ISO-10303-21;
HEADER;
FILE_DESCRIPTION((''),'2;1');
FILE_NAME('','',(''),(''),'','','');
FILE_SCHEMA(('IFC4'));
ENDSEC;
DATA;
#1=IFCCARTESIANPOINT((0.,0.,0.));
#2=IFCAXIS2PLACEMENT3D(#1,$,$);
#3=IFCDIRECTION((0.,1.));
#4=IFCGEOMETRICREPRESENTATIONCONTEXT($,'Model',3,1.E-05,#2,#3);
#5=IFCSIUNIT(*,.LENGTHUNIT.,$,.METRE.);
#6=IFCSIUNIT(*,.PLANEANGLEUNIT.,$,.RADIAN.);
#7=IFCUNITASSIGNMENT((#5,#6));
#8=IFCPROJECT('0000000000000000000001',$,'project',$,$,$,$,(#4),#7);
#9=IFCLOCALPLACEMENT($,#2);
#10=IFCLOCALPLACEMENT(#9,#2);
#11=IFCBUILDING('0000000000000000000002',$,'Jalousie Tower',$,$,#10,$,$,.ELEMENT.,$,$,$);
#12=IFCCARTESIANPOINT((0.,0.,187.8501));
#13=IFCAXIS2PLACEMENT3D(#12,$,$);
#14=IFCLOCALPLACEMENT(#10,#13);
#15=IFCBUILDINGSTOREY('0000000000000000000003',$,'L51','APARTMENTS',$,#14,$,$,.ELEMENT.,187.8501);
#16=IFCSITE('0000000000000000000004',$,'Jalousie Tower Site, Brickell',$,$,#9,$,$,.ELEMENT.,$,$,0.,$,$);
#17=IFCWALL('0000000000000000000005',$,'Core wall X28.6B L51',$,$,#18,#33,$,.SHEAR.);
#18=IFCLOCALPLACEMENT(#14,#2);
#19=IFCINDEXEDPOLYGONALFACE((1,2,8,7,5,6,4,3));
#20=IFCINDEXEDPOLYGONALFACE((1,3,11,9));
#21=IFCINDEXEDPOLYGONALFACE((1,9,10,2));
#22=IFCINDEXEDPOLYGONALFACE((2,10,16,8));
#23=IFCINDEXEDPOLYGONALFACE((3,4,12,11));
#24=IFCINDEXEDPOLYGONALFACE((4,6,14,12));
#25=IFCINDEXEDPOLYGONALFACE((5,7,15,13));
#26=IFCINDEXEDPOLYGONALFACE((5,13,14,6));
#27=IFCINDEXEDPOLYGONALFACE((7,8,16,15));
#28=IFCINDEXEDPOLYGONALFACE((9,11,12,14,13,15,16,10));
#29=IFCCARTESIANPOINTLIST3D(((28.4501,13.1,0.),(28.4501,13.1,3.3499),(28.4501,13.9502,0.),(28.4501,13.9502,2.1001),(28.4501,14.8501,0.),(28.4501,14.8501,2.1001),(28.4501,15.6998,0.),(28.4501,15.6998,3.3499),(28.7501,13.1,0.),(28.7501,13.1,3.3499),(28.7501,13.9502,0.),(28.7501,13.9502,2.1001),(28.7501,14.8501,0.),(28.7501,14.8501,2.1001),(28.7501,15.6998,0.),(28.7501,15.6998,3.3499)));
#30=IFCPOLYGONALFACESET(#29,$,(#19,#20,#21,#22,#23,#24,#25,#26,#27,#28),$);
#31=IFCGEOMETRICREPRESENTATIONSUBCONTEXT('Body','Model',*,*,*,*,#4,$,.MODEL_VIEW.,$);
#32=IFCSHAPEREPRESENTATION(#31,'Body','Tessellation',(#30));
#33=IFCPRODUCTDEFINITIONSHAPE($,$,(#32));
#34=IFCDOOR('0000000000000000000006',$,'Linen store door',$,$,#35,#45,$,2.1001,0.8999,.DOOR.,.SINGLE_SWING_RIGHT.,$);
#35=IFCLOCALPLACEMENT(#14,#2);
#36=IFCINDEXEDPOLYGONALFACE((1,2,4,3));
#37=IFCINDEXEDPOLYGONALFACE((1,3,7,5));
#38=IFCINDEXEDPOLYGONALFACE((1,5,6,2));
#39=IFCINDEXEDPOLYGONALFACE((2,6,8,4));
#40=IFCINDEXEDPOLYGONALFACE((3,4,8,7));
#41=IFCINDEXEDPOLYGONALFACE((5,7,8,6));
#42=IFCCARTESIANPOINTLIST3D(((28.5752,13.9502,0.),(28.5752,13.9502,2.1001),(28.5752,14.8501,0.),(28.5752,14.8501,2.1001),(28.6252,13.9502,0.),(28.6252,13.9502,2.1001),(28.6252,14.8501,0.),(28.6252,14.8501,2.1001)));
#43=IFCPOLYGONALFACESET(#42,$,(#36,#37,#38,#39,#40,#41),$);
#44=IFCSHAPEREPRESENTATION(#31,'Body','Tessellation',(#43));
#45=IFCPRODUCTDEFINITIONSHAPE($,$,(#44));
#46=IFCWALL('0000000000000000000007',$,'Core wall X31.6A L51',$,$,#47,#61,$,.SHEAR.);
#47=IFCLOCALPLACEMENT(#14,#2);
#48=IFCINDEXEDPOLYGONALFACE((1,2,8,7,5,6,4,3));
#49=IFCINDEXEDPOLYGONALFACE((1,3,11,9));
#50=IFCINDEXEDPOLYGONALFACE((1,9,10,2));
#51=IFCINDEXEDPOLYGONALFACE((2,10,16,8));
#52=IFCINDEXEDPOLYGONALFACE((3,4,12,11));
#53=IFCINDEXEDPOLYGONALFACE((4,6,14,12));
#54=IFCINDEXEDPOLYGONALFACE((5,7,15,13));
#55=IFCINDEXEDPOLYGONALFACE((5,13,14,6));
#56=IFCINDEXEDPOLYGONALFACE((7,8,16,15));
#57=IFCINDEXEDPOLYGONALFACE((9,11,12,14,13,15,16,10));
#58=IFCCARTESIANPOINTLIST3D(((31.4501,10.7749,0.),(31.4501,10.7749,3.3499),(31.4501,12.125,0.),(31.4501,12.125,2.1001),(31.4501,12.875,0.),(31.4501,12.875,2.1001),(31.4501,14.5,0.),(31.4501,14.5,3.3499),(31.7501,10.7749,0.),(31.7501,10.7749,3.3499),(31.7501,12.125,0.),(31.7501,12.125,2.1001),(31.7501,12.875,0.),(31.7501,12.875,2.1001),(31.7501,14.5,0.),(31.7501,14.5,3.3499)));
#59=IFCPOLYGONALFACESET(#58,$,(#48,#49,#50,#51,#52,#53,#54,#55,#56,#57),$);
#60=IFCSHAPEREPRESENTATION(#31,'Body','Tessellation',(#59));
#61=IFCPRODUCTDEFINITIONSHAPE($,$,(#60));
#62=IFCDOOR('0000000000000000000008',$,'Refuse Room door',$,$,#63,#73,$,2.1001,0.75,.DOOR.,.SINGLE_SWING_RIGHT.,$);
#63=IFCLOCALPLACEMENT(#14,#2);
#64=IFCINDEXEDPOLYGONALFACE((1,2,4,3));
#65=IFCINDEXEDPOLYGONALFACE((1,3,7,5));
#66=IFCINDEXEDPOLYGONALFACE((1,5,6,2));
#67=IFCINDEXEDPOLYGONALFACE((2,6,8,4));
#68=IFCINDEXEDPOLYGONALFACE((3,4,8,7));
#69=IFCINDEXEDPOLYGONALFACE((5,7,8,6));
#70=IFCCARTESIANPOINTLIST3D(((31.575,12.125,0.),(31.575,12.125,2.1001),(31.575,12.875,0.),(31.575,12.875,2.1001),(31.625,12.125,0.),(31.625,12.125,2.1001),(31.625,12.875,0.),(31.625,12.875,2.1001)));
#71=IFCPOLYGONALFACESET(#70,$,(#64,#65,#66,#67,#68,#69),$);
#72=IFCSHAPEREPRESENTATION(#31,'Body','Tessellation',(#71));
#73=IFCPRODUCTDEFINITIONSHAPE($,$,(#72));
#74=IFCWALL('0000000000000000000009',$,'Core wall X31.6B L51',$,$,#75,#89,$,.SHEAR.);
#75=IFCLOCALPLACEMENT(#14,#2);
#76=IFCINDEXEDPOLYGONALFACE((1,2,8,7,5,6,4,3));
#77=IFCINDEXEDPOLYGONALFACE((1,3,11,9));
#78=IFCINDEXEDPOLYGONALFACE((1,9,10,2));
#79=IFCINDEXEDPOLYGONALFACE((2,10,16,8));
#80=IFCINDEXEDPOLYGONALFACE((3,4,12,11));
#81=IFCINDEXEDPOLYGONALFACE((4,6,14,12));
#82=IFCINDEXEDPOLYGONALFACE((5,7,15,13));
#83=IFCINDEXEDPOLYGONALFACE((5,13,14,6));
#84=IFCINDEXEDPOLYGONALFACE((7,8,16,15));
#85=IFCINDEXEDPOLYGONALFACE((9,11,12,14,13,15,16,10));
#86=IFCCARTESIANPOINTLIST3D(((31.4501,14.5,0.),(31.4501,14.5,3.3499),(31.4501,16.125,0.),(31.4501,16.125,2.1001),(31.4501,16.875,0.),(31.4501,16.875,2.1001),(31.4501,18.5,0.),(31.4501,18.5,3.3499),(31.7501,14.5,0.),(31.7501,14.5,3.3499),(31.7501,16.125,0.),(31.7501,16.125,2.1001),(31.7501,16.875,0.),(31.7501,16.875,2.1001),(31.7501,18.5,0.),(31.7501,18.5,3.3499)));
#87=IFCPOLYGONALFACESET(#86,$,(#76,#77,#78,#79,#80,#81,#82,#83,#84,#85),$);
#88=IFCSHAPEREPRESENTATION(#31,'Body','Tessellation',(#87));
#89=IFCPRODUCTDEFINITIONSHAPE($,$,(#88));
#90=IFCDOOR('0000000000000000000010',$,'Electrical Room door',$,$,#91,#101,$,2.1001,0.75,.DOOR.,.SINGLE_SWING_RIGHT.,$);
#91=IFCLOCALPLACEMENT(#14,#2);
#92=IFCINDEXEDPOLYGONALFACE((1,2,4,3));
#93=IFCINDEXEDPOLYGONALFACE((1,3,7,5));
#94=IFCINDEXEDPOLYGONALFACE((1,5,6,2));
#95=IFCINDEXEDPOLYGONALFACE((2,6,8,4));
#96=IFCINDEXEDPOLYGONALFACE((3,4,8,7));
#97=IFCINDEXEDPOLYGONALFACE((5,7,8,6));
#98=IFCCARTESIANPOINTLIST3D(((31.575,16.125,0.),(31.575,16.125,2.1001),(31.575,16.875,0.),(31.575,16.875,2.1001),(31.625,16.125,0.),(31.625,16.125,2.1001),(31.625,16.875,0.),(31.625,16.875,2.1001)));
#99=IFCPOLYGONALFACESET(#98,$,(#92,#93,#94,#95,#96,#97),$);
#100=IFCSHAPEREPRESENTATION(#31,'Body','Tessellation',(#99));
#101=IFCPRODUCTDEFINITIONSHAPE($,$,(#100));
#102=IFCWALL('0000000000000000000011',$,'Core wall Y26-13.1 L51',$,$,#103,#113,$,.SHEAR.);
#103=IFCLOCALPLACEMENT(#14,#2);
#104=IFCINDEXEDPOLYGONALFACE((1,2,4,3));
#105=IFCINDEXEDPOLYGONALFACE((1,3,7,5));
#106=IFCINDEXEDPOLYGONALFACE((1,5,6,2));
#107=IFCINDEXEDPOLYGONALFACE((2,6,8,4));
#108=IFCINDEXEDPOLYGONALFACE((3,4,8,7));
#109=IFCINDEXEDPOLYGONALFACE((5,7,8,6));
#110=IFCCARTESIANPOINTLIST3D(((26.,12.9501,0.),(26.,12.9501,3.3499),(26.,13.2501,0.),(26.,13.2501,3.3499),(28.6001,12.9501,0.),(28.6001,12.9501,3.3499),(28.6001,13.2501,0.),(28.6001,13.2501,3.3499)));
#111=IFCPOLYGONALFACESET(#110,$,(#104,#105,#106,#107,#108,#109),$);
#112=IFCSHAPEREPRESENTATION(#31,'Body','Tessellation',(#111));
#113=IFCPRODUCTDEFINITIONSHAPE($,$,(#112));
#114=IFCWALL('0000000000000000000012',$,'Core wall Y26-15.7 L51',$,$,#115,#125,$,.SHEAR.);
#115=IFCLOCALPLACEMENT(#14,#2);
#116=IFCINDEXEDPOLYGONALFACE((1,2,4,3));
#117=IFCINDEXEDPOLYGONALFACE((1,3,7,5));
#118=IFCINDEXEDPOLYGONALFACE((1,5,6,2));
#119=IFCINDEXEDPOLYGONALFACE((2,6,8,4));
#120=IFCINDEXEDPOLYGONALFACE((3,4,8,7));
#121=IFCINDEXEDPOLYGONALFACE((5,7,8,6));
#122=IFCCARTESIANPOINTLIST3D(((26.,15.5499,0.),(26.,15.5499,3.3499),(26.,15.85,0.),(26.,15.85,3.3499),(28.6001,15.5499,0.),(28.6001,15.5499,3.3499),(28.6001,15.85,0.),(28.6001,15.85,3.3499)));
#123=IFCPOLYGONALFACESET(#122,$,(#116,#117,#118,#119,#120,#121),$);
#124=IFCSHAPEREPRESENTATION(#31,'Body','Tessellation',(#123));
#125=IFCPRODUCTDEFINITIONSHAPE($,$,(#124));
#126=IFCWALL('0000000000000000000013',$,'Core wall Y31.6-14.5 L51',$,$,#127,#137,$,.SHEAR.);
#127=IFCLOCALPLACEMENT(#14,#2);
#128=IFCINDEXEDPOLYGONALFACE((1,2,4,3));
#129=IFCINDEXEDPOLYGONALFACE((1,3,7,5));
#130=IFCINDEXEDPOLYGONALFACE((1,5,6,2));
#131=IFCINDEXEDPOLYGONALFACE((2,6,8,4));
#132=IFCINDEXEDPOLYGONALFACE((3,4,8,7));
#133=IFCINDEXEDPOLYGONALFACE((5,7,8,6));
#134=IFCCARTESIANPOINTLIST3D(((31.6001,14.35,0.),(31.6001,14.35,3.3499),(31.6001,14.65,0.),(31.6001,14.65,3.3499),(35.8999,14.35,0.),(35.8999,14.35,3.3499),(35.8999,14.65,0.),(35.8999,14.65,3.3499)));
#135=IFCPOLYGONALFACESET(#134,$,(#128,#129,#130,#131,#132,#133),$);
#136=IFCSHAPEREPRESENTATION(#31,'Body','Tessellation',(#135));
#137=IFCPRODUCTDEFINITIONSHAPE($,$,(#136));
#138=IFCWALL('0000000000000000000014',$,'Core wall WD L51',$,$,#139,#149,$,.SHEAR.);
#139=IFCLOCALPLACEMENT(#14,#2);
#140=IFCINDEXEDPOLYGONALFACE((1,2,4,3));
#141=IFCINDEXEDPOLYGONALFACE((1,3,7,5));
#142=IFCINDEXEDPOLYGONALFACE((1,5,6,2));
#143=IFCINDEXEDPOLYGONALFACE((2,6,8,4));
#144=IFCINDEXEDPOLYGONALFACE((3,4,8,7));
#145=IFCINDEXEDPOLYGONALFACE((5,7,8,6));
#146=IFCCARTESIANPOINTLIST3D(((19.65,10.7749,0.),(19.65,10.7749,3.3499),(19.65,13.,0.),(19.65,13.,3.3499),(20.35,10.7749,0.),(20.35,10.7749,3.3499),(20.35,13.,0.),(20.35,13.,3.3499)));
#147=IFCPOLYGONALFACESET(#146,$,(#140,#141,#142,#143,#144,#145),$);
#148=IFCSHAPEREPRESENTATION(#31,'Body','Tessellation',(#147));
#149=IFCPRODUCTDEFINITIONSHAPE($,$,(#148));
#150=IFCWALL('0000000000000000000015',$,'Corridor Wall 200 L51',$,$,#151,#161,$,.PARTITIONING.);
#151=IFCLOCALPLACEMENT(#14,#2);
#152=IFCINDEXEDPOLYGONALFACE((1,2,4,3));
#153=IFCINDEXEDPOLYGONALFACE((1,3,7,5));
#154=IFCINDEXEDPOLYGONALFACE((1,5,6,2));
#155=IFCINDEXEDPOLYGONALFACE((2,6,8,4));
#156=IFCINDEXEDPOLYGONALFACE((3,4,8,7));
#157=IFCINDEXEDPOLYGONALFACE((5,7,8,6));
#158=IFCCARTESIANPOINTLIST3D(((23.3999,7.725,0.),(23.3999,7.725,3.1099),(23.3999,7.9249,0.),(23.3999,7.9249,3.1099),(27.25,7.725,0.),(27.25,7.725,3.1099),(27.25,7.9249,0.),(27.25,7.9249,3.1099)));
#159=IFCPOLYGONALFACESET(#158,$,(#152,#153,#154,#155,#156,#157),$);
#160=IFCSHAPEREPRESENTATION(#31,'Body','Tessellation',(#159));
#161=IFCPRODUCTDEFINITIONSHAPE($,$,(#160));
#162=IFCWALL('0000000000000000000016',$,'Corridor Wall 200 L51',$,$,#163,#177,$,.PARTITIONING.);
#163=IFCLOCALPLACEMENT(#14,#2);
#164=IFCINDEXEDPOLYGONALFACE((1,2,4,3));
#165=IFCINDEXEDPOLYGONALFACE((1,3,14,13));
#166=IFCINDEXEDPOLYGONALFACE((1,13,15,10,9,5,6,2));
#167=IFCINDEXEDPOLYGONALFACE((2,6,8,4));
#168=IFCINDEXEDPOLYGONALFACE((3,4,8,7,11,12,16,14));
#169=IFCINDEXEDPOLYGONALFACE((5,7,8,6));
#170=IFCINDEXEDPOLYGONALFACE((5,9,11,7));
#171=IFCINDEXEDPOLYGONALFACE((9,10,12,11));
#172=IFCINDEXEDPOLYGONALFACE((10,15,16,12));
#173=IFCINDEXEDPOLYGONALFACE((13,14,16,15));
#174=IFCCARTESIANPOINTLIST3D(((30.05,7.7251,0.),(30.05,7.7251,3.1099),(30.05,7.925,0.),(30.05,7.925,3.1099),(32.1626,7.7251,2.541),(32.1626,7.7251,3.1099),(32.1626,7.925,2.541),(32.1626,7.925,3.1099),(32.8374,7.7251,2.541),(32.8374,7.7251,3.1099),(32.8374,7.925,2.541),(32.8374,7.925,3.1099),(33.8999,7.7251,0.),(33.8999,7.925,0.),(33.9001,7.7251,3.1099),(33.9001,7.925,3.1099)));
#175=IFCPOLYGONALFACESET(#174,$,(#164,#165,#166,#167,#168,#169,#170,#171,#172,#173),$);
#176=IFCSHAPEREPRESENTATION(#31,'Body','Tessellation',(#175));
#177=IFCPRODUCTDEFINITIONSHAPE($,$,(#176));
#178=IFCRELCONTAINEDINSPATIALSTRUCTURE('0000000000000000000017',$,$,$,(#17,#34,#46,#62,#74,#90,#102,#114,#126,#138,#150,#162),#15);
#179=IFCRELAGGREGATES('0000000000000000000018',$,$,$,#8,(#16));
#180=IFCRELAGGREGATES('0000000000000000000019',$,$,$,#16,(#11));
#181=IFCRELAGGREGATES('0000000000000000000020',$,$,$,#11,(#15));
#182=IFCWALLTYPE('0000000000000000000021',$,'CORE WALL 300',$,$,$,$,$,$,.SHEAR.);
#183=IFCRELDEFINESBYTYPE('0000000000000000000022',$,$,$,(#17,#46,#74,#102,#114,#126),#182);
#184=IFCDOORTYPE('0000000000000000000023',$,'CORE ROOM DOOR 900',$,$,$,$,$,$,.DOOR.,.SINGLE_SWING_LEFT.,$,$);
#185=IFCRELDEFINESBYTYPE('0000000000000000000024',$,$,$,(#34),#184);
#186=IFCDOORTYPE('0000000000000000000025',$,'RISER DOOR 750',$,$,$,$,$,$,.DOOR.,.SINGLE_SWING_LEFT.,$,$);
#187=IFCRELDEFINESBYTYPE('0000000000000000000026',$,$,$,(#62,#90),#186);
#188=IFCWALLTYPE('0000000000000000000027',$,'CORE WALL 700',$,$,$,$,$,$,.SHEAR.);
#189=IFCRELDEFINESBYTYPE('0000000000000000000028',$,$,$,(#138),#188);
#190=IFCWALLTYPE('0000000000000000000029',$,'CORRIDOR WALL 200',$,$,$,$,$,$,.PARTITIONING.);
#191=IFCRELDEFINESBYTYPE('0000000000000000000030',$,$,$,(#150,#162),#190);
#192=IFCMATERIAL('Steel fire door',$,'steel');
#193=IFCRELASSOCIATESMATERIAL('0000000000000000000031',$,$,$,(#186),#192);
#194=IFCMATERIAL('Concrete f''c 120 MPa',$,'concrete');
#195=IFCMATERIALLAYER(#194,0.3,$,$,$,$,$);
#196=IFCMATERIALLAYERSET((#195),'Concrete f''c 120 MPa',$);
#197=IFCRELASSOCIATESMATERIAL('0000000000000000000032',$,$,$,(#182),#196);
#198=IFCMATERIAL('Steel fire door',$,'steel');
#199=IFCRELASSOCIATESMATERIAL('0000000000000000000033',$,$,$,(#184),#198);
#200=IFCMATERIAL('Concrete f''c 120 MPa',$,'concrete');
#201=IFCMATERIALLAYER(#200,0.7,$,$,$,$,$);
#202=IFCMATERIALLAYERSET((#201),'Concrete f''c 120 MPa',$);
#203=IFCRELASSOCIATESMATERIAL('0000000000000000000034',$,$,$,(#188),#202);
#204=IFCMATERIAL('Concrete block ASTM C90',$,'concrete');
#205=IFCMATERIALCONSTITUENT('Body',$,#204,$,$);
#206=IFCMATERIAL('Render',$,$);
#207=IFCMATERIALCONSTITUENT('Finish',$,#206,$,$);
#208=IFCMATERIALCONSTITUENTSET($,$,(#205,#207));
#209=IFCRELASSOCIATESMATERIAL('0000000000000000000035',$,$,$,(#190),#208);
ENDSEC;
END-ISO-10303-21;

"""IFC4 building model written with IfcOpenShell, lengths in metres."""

from ifc_helpers import new_model, si_unit, direction, frame, frame_2d, origin, place, context, subcontext, project, spatial, polyline, rectangle, outline, extrude, material, layer, layer_set, constituent, constituent_set, type_object, element, fill, save


model = new_model("IFC4")

# Units and contexts
model_context = context("Model", 3, precision=1e-05, world=origin(), true_north=direction((0.0, 1.0)))
body_context = subcontext(model_context, "Body", "Model", "MODEL_VIEW")
ifc_project = project(units=[si_unit("LENGTHUNIT", "METRE"), si_unit("PLANEANGLEUNIT", "RADIAN")], contexts=[model_context])

# Site, building, storey
site_placement = place(None, origin())
site = spatial("IfcSite", under=ifc_project, at=site_placement, Name="Jalousie Tower Site, Brickell", CompositionType="ELEMENT", RefElevation=0.0)
building_placement = place(site_placement, origin())
building = spatial("IfcBuilding", under=site, at=building_placement, Name="Jalousie Tower", CompositionType="ELEMENT")
storey_placement = place(building_placement, frame((0.0, 0.0, 187.8501)))
storey = spatial("IfcBuildingStorey", under=building, at=storey_placement, Name="L51", Description="APARTMENTS", CompositionType="ELEMENT", Elevation=187.8501)

# Shared definitions
ifc_material_1 = material(Name="Steel fire door", Category="steel")
door_type_1 = type_object("IfcDoorType", Name="RISER DOOR 750", OperationType="SINGLE_SWING_LEFT", PredefinedType="DOOR", material=ifc_material_1)

# Shared definitions
ifc_material_2 = material(Name="Concrete f'c 120 MPa", Category="concrete")
ifc_layer_1 = layer(ifc_material_2, 0.3)
ifc_layer_set_1 = layer_set([ifc_layer_1], Name="Concrete f'c 120 MPa")
wall_type_1 = type_object("IfcWallType", Name="CORE WALL 300", PredefinedType="SHEAR", material=ifc_layer_set_1)

# Walls, openings, doors
ifc_material_3 = material(Name="Steel fire door", Category="steel")
door_type_2 = type_object("IfcDoorType", Name="CORE ROOM DOOR 900", OperationType="SINGLE_SWING_LEFT", PredefinedType="DOOR", material=ifc_material_3)
wall_1_placement = place(storey_placement, frame((28.6001, 13.1001, 0.0), z_axis=(0.0, 0.0, 1.0), x_axis=(0.0, 1.0, 0.0)))
wall_1 = element("IfcWall", 1, at=wall_1_placement, inside=storey, type_object=wall_type_1, Name="Core wall X28.6B L51", PredefinedType="SHEAR", context=body_context, shape_type="SweptSolid", body=[
    extrude(rectangle(XDim=2.5999, YDim=0.3, at=frame_2d((1.2998, 0.0))), origin(), (0.0, 0.0, 1.0), 3.3499),
])
opening_1_placement = place(wall_1_placement, frame((0.8501, 0.0, 0.0)))
opening_1 = element("IfcOpeningElement", 2, at=opening_1_placement, cuts=wall_1, PredefinedType="OPENING", context=body_context, shape_type="SweptSolid", body=[
    extrude(rectangle(XDim=0.8999, YDim=2.1001, at=frame_2d((0.45, 1.05))), frame((0.0, 0.1599, 0.0), z_axis=(0.0, -1.0, 0.0), x_axis=(1.0, 0.0, 0.0)), (0.0, 0.0, 1.0), 0.3201),
])
door_1_placement = place(opening_1_placement, origin())
door_1 = element("IfcDoor", 3, at=door_1_placement, inside=storey, type_object=door_type_2, Name="Linen store door", OperationType="SINGLE_SWING_RIGHT", OverallHeight=2.1001, OverallWidth=0.8999, PredefinedType="DOOR", context=body_context, shape_type="SweptSolid", body=[
    extrude(rectangle(XDim=0.8999, YDim=2.1001, at=frame_2d((0.45, 1.05))), frame((0.0, 0.0249, 0.0), z_axis=(0.0, -1.0, 0.0), x_axis=(1.0, 0.0, 0.0)), (0.0, 0.0, 1.0), 0.05),
])
fill(opening_1, door_1)
wall_2_placement = place(storey_placement, frame((31.6001, 10.7749, 0.0), z_axis=(0.0, 0.0, 1.0), x_axis=(0.0, 1.0, 0.0)))
wall_2 = element("IfcWall", 4, at=wall_2_placement, inside=storey, type_object=wall_type_1, Name="Core wall X31.6A L51", PredefinedType="SHEAR", context=body_context, shape_type="SweptSolid", body=[
    extrude(rectangle(XDim=3.7251, YDim=0.3, at=frame_2d((1.8625, 0.0))), origin(), (0.0, 0.0, 1.0), 3.3499),
])
opening_2_placement = place(wall_2_placement, frame((1.3501, 0.0, 0.0)))
opening_2 = element("IfcOpeningElement", 5, at=opening_2_placement, cuts=wall_2, PredefinedType="OPENING", context=body_context, shape_type="SweptSolid", body=[
    extrude(rectangle(XDim=0.75, YDim=2.1001, at=frame_2d((0.375, 1.05))), frame((0.0, 0.1599, 0.0), z_axis=(0.0, -1.0, 0.0), x_axis=(1.0, 0.0, 0.0)), (0.0, 0.0, 1.0), 0.3201),
])
door_2_placement = place(opening_2_placement, frame((0.75, 0.0, 0.0), z_axis=(0.0, 0.0, 1.0), x_axis=(-1.0, 0.0, 0.0)))
door_2 = element("IfcDoor", 6, at=door_2_placement, inside=storey, type_object=door_type_1, Name="Refuse Room door", OperationType="SINGLE_SWING_RIGHT", OverallHeight=2.1001, OverallWidth=0.75, PredefinedType="DOOR", context=body_context, shape_type="SweptSolid", body=[
    extrude(rectangle(XDim=0.75, YDim=2.1001, at=frame_2d((0.375, 1.05))), frame((0.0, 0.0249, 0.0), z_axis=(0.0, -1.0, 0.0), x_axis=(1.0, 0.0, 0.0)), (0.0, 0.0, 1.0), 0.05),
])
fill(opening_2, door_2)
wall_3_placement = place(storey_placement, frame((31.6001, 14.5, 0.0), z_axis=(0.0, 0.0, 1.0), x_axis=(0.0, 1.0, 0.0)))
wall_3 = element("IfcWall", 7, at=wall_3_placement, inside=storey, type_object=wall_type_1, Name="Core wall X31.6B L51", PredefinedType="SHEAR", context=body_context, shape_type="SweptSolid", body=[
    extrude(rectangle(XDim=4.0, YDim=0.3, at=frame_2d((2.0, 0.0))), origin(), (0.0, 0.0, 1.0), 3.3499),
])
opening_3_placement = place(wall_3_placement, frame((1.625, 0.0, 0.0)))
opening_3 = element("IfcOpeningElement", 8, at=opening_3_placement, cuts=wall_3, PredefinedType="OPENING", context=body_context, shape_type="SweptSolid", body=[
    extrude(rectangle(XDim=0.75, YDim=2.1001, at=frame_2d((0.375, 1.05))), frame((0.0, 0.1599, 0.0), z_axis=(0.0, -1.0, 0.0), x_axis=(1.0, 0.0, 0.0)), (0.0, 0.0, 1.0), 0.3201),
])
door_3_placement = place(opening_3_placement, frame((0.75, 0.0, 0.0), z_axis=(0.0, 0.0, 1.0), x_axis=(-1.0, 0.0, 0.0)))
door_3 = element("IfcDoor", 9, at=door_3_placement, inside=storey, type_object=door_type_1, Name="Electrical Room door", OperationType="SINGLE_SWING_RIGHT", OverallHeight=2.1001, OverallWidth=0.75, PredefinedType="DOOR", context=body_context, shape_type="SweptSolid", body=[
    extrude(rectangle(XDim=0.75, YDim=2.1001, at=frame_2d((0.375, 1.05))), frame((0.0, 0.0249, 0.0), z_axis=(0.0, -1.0, 0.0), x_axis=(1.0, 0.0, 0.0)), (0.0, 0.0, 1.0), 0.05),
])
fill(opening_3, door_3)

# Walls
for number, where, z_axis, x_axis, name in (
    (10, (26.0, 13.1001, 0.0), (0.0, 0.0, 1.0), (1.0, 0.0, 0.0), "Core wall Y26-13.1 L51"),
    (11, (26.0, 15.7, 0.0), (0.0, 0.0, 1.0), (1.0, 0.0, 0.0), "Core wall Y26-15.7 L51"),
):
    element("IfcWall", number, at=place(storey_placement, frame(where, z_axis=z_axis, x_axis=x_axis)), inside=storey, type_object=wall_type_1, Name=name, PredefinedType="SHEAR", context=body_context, shape_type="SweptSolid", body=[
        extrude(rectangle(XDim=2.6001, YDim=0.3, at=frame_2d((1.3, 0.0))), origin(), (0.0, 0.0, 1.0), 3.3499),
    ])
wall_4_placement = place(storey_placement, frame((31.6001, 14.5, 0.0), z_axis=(0.0, 0.0, 1.0), x_axis=(1.0, 0.0, 0.0)))
element("IfcWall", 12, at=wall_4_placement, inside=storey, type_object=wall_type_1, Name="Core wall Y31.6-14.5 L51", PredefinedType="SHEAR", context=body_context, shape_type="SweptSolid", body=[
    extrude(rectangle(XDim=4.2998, YDim=0.3, at=frame_2d((2.1499, 0.0))), origin(), (0.0, 0.0, 1.0), 3.3499),
])
ifc_material_4 = material(Name="Concrete f'c 120 MPa", Category="concrete")
ifc_layer_2 = layer(ifc_material_4, 0.7)
ifc_layer_set_2 = layer_set([ifc_layer_2], Name="Concrete f'c 120 MPa")
wall_type_2 = type_object("IfcWallType", Name="CORE WALL 700", PredefinedType="SHEAR", material=ifc_layer_set_2)
wall_5_placement = place(storey_placement, frame((20.0, 13.0, 0.0), z_axis=(0.0, 0.0, 1.0), x_axis=(0.0, -1.0, 0.0)))
element("IfcWall", 13, at=wall_5_placement, inside=storey, type_object=wall_type_2, Name="Core wall WD L51", PredefinedType="SHEAR", context=body_context, shape_type="SweptSolid", body=[
    extrude(rectangle(XDim=2.2251, YDim=0.7, at=frame_2d((1.1125, 0.0))), origin(), (0.0, 0.0, 1.0), 3.3499),
])
ifc_material_5 = material(Name="Concrete block ASTM C90", Category="concrete")
ifc_constituent_1 = constituent(ifc_material_5, Name="Body")
ifc_material_6 = material(Name="Render")
ifc_constituent_2 = constituent(ifc_material_6, Name="Finish")
ifc_constituent_set_1 = constituent_set(constituents=[ifc_constituent_1, ifc_constituent_2])
wall_type_3 = type_object("IfcWallType", Name="CORRIDOR WALL 200", PredefinedType="PARTITIONING", material=ifc_constituent_set_1)
wall_6_placement = place(storey_placement, frame((23.3999, 7.825, 0.0), z_axis=(0.0, 0.0, 1.0), x_axis=(1.0, 0.0, 0.0)))
element("IfcWall", 14, at=wall_6_placement, inside=storey, type_object=wall_type_3, Name="Corridor Wall 200 L51", PredefinedType="PARTITIONING", context=body_context, shape_type="SweptSolid", body=[
    extrude(rectangle(XDim=3.8501, YDim=0.2, at=frame_2d((1.925, 0.0))), origin(), (0.0, 0.0, 1.0), 3.1099),
])
wall_7_placement = place(storey_placement, frame((30.05, 7.825, 0.0), z_axis=(0.0, 0.0, 1.0), x_axis=(1.0, 0.0, 0.0)))
element("IfcWall", 15, at=wall_7_placement, inside=storey, type_object=wall_type_3, Name="Corridor Wall 200 L51", PredefinedType="PARTITIONING", context=body_context, shape_type="SweptSolid", body=[
    extrude(outline(polyline([(0.0, 0.0), (3.8499, 0.0), (3.8501, 3.1099), (2.7874, 3.1099), (2.7874, 2.541), (2.1125, 2.541), (2.1125, 3.1099), (0.0, 3.1099), (0.0, 0.0)])), frame((0.0, 0.1001, 0.0), z_axis=(0.0, -1.0, 0.0), x_axis=(1.0, 0.0, 0.0)), (0.0, 0.0, 1.0), 0.2),
])

save(model, "model.ifc")
